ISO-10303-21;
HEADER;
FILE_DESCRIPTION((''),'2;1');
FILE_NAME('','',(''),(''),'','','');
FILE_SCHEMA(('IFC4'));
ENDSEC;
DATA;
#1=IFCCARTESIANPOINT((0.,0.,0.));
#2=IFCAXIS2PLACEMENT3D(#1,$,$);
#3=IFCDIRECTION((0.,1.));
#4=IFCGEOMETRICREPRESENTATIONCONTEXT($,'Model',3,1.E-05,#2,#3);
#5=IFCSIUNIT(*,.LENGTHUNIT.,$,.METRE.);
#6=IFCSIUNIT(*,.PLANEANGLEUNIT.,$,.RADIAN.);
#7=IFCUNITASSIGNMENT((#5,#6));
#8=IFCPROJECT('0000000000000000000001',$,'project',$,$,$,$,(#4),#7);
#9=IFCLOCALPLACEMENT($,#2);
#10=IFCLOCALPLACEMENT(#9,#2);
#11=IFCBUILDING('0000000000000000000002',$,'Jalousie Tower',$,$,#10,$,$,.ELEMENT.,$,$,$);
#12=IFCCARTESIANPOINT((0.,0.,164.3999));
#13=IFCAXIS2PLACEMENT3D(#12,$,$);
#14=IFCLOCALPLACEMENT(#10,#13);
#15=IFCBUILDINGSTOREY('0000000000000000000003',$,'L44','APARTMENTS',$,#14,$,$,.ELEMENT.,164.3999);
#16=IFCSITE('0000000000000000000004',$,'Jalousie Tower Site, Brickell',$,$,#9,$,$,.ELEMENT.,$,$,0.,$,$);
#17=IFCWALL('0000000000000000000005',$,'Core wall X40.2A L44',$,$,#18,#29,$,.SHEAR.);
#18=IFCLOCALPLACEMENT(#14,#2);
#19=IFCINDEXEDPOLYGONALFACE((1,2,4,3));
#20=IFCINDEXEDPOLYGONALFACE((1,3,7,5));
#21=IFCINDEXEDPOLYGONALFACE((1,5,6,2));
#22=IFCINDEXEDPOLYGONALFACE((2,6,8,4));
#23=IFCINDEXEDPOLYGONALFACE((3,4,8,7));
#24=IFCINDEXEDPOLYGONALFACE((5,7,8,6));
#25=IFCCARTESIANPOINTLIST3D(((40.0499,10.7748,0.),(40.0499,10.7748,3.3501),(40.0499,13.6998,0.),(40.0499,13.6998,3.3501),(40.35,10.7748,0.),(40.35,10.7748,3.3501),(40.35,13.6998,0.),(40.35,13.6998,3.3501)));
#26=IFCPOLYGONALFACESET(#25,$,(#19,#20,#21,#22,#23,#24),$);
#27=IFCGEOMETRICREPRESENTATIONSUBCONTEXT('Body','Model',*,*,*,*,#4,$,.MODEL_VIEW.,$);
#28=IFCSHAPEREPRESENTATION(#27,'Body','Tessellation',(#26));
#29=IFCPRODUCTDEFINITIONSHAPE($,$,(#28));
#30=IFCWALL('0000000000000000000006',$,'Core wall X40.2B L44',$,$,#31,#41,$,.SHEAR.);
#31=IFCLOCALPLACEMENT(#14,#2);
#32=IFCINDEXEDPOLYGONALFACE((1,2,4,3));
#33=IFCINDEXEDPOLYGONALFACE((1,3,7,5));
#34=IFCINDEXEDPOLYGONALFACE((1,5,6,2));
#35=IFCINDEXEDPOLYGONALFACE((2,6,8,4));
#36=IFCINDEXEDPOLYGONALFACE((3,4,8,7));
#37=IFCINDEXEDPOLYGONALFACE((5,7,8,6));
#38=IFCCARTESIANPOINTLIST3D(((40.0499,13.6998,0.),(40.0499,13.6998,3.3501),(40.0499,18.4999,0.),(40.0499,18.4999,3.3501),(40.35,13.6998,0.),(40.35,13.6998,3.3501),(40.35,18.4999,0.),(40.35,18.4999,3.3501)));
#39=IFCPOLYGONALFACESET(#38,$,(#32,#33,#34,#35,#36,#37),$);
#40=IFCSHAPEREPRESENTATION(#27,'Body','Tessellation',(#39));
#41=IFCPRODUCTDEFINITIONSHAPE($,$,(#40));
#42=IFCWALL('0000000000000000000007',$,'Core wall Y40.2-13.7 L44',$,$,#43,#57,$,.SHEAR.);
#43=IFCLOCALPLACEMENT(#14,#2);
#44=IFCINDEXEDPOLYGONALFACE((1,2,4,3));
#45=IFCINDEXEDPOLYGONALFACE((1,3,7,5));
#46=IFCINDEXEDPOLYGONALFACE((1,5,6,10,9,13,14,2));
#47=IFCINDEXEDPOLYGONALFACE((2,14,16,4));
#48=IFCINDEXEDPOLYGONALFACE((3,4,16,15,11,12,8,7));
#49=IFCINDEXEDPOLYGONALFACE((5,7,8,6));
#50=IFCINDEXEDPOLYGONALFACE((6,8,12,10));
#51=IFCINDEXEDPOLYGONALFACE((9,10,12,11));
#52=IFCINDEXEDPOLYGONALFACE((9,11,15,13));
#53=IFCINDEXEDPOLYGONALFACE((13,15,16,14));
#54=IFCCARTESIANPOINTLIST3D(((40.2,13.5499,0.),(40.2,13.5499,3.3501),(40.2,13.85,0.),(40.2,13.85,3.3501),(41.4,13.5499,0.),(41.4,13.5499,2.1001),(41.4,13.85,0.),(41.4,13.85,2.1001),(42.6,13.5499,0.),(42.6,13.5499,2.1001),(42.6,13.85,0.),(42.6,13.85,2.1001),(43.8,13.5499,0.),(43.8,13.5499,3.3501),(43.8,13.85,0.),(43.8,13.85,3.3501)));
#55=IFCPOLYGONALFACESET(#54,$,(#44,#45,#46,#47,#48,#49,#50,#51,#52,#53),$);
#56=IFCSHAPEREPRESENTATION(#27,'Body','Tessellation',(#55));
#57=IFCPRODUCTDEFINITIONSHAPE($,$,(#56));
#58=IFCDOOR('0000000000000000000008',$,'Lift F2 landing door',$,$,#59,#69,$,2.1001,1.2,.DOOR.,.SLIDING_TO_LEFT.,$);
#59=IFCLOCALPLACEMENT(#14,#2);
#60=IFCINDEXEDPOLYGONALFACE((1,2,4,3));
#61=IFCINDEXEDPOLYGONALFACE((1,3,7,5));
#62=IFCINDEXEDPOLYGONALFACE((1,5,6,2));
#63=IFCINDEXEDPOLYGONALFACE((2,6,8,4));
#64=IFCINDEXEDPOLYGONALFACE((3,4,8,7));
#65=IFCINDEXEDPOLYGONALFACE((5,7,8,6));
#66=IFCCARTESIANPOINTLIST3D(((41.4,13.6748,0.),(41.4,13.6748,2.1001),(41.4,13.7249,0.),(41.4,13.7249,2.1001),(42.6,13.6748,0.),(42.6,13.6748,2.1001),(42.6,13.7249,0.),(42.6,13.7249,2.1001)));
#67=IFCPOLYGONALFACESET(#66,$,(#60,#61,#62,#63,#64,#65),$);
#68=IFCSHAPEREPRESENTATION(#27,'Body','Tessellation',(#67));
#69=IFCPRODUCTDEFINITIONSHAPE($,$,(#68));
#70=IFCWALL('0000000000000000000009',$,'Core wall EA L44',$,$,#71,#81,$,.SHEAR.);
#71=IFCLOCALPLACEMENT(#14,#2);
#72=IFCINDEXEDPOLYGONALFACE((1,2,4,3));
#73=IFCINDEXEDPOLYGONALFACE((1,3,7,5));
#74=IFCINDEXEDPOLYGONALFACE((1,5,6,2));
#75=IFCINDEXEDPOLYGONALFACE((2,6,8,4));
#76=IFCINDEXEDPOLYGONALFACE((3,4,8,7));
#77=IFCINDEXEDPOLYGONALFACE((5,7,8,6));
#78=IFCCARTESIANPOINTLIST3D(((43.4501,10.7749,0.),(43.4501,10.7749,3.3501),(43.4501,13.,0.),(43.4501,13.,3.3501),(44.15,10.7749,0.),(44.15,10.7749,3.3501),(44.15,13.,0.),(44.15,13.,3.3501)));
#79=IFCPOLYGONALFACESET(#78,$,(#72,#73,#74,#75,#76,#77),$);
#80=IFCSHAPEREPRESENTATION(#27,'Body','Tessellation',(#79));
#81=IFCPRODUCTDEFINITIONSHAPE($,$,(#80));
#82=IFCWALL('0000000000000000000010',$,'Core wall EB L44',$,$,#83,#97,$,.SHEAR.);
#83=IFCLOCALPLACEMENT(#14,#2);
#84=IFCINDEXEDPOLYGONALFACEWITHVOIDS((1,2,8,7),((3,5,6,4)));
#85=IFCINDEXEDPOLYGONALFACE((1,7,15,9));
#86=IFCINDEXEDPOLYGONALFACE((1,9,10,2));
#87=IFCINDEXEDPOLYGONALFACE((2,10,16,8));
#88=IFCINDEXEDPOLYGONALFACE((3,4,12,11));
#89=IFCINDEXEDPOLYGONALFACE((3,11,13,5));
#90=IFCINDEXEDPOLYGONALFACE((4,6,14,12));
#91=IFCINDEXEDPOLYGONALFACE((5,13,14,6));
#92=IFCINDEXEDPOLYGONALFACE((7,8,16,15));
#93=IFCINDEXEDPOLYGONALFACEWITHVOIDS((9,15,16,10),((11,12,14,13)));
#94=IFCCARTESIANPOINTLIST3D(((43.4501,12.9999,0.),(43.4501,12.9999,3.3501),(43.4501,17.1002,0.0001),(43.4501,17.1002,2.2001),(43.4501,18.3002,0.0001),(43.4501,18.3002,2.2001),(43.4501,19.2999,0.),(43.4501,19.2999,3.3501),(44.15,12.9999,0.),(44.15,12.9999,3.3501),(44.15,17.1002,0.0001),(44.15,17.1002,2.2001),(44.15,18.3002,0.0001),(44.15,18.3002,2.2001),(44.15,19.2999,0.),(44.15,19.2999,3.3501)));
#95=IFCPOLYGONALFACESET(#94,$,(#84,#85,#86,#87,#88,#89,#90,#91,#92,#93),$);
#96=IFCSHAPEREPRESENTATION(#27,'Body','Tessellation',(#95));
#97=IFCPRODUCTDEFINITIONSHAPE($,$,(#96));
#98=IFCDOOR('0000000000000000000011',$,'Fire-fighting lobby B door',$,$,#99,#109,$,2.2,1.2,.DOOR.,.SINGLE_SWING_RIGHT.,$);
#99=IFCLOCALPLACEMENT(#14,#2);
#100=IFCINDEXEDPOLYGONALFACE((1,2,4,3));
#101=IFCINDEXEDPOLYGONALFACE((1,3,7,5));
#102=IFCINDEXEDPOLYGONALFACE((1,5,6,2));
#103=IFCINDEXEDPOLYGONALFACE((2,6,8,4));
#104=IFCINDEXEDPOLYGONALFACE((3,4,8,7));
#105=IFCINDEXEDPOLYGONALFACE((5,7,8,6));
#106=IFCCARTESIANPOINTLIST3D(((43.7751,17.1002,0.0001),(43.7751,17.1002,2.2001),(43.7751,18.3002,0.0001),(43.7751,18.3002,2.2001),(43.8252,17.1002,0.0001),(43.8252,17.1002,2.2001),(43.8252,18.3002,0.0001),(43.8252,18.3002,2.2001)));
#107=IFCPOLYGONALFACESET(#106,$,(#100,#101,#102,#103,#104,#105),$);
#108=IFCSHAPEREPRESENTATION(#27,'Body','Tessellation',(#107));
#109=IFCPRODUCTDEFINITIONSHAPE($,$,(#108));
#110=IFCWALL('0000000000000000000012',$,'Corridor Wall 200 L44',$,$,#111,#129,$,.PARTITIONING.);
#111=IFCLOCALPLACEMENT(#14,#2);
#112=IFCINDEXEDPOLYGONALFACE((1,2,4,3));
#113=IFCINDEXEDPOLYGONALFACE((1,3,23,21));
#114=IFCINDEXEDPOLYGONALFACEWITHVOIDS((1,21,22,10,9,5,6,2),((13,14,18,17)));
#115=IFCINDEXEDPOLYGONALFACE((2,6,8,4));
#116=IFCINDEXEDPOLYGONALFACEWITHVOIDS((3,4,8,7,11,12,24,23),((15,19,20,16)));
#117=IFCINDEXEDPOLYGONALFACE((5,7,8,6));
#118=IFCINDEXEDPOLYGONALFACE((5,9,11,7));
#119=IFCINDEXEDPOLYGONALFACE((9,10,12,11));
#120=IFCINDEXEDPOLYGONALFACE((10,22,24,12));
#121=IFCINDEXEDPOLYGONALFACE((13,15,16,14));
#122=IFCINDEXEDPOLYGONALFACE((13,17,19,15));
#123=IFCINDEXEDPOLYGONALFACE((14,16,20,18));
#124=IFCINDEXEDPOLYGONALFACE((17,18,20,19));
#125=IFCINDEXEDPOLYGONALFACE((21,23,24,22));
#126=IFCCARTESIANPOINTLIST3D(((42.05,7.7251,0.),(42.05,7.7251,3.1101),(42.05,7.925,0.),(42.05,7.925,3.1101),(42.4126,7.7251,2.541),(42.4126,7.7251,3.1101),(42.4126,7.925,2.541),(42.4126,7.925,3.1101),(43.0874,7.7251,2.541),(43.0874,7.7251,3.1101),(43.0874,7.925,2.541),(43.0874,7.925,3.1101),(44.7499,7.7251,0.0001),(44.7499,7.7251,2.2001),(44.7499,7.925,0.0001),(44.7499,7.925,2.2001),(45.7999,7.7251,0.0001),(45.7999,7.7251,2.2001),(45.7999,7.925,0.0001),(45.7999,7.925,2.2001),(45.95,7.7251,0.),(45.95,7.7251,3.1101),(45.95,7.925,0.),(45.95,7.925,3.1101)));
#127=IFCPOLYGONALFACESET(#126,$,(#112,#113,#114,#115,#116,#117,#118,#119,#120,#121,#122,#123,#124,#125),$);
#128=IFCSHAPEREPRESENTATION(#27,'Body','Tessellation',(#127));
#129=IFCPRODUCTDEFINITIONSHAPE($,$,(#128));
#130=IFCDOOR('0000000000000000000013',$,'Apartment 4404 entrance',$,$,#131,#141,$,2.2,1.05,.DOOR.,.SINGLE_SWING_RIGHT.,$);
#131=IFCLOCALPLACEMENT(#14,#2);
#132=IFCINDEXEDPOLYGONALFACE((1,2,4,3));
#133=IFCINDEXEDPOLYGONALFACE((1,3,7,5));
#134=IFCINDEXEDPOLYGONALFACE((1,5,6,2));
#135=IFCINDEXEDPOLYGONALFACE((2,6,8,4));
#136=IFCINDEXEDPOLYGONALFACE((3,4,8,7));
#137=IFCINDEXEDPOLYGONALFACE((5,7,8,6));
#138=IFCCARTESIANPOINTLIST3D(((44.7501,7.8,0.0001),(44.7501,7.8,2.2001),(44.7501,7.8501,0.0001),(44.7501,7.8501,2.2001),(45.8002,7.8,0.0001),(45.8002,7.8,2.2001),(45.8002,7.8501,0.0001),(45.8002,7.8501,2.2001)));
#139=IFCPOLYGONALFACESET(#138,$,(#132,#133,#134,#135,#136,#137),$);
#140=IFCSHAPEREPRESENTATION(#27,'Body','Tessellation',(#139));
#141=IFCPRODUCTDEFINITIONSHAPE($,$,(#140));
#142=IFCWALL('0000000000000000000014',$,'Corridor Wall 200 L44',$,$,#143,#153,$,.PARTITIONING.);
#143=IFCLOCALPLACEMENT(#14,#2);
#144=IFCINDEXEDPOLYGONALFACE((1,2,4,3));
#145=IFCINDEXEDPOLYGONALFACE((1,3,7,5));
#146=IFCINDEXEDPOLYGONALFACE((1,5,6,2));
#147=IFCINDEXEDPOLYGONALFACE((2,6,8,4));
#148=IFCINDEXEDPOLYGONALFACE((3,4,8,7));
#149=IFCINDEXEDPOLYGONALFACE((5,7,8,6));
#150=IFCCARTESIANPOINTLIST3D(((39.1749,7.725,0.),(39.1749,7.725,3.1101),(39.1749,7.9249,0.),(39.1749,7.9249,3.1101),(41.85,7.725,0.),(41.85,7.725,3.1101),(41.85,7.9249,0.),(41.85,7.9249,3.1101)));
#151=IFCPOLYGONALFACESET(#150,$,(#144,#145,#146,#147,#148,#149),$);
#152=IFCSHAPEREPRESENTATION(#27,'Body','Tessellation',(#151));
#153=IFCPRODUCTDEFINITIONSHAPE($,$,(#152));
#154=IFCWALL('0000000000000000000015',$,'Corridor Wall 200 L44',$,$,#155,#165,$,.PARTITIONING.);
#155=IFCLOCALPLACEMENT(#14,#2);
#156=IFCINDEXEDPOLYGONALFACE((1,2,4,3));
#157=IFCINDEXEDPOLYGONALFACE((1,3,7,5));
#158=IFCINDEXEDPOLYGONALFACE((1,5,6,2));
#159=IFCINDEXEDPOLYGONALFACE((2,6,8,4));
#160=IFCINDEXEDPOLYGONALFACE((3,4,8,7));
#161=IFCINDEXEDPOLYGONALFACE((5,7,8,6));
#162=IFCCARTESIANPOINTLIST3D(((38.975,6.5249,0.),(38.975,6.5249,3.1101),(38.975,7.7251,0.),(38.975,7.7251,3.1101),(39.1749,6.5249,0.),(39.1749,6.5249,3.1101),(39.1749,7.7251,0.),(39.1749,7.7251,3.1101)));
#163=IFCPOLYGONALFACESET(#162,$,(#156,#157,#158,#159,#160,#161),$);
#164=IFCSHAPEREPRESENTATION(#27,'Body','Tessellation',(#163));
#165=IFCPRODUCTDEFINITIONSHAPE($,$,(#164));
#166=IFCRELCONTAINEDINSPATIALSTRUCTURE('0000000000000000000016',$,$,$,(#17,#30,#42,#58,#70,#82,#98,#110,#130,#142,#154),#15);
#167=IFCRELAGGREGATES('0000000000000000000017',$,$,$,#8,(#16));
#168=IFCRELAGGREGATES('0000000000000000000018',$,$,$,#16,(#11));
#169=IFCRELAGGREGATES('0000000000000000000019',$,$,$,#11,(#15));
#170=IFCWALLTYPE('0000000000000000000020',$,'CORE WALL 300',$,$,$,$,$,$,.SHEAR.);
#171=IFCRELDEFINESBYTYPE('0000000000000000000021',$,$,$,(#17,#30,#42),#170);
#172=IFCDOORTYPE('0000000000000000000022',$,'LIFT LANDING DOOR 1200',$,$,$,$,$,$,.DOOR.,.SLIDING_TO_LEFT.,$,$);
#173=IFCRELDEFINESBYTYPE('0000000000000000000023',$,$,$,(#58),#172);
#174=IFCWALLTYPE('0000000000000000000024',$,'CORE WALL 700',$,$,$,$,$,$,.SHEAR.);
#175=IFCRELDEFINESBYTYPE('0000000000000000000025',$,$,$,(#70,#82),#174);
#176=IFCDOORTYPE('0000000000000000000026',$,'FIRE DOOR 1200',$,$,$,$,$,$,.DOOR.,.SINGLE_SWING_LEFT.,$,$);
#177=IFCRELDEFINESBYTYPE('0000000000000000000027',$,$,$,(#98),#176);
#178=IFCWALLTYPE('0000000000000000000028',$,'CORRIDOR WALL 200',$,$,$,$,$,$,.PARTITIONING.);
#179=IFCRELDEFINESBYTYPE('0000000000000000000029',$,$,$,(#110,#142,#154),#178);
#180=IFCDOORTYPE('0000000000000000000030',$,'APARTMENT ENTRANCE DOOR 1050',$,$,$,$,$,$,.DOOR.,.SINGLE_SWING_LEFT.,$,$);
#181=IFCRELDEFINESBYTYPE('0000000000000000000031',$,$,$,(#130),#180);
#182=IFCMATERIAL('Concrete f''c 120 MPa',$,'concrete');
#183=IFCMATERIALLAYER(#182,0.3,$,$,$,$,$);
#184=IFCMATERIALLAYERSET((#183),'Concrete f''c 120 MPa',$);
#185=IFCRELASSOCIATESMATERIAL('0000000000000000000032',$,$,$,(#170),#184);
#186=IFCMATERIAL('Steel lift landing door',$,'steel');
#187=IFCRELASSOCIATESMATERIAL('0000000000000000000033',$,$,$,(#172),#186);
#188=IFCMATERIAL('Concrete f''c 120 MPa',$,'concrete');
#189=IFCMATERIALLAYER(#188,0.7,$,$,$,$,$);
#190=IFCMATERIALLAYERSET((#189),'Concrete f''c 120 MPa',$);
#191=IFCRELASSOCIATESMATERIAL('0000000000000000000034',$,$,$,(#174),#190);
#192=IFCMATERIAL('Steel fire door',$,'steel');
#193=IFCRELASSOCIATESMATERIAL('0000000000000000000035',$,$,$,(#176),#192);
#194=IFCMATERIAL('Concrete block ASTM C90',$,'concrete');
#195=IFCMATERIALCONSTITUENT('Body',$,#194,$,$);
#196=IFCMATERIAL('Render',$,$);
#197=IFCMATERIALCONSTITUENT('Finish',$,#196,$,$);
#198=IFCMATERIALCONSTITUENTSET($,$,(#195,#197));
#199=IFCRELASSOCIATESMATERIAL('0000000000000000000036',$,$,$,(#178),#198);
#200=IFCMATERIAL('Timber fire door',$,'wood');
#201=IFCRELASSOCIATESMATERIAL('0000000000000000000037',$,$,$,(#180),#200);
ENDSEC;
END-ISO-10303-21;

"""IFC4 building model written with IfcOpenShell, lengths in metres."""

from ifc_helpers import new_model, si_unit, direction, frame, frame_2d, origin, place, context, subcontext, project, spatial, polyline, rectangle, outline, extrude, material, layer, layer_set, constituent, constituent_set, type_object, element, fill, save


model = new_model("IFC4")

# Units and contexts
model_context = context("Model", 3, precision=1e-05, world=origin(), true_north=direction((0.0, 1.0)))
body_context = subcontext(model_context, "Body", "Model", "MODEL_VIEW")
ifc_project = project(units=[si_unit("LENGTHUNIT", "METRE"), si_unit("PLANEANGLEUNIT", "RADIAN")], contexts=[model_context])

# Site, building, storey
site_placement = place(None, origin())
site = spatial("IfcSite", under=ifc_project, at=site_placement, Name="Jalousie Tower Site, Brickell", CompositionType="ELEMENT", RefElevation=0.0)
building_placement = place(site_placement, origin())
building = spatial("IfcBuilding", under=site, at=building_placement, Name="Jalousie Tower", CompositionType="ELEMENT")
storey_placement = place(building_placement, frame((0.0, 0.0, 164.3999)))
storey = spatial("IfcBuildingStorey", under=building, at=storey_placement, Name="L44", Description="APARTMENTS", CompositionType="ELEMENT", Elevation=164.3999)

# Walls
ifc_material_1 = material(Name="Concrete f'c 120 MPa", Category="concrete")
ifc_layer_1 = layer(ifc_material_1, 0.3)
ifc_layer_set_1 = layer_set([ifc_layer_1], Name="Concrete f'c 120 MPa")
wall_type_1 = type_object("IfcWallType", Name="CORE WALL 300", PredefinedType="SHEAR", material=ifc_layer_set_1)
wall_1_placement = place(storey_placement, frame((40.2, 10.7749, 0.0), z_axis=(0.0, 0.0, 1.0), x_axis=(0.0, 1.0, 0.0)))
element("IfcWall", 1, at=wall_1_placement, inside=storey, type_object=wall_type_1, Name="Core wall X40.2A L44", PredefinedType="SHEAR", context=body_context, shape_type="SweptSolid", body=[
    extrude(rectangle(XDim=2.925, YDim=0.3, at=frame_2d((1.4624, 0.0))), origin(), (0.0, 0.0, 1.0), 3.3501),
])
wall_2_placement = place(storey_placement, frame((40.2, 13.7, 0.0), z_axis=(0.0, 0.0, 1.0), x_axis=(0.0, 1.0, 0.0)))
element("IfcWall", 2, at=wall_2_placement, inside=storey, type_object=wall_type_1, Name="Core wall X40.2B L44", PredefinedType="SHEAR", context=body_context, shape_type="SweptSolid", body=[
    extrude(rectangle(XDim=4.8, YDim=0.3, at=frame_2d((2.3999, 0.0))), origin(), (0.0, 0.0, 1.0), 3.3501),
])

# Wall, opening, door
wall_3_placement = place(storey_placement, frame((40.2, 13.7, 0.0), z_axis=(0.0, 0.0, 1.0), x_axis=(1.0, 0.0, 0.0)))
wall_3 = element("IfcWall", 3, at=wall_3_placement, inside=storey, type_object=wall_type_1, Name="Core wall Y40.2-13.7 L44", PredefinedType="SHEAR", context=body_context, shape_type="SweptSolid", body=[
    extrude(rectangle(XDim=3.6001, YDim=0.3, at=frame_2d((1.8, 0.0))), origin(), (0.0, 0.0, 1.0), 3.3501),
])
opening_1_placement = place(wall_3_placement, frame((1.2, 0.0, 0.0)))
opening_1 = element("IfcOpeningElement", 4, at=opening_1_placement, cuts=wall_3, PredefinedType="OPENING", context=body_context, shape_type="SweptSolid", body=[
    extrude(rectangle(XDim=1.2, YDim=2.1001, at=frame_2d((0.6001, 1.05))), frame((0.0, 0.1599, 0.0), z_axis=(0.0, -1.0, 0.0), x_axis=(1.0, 0.0, 0.0)), (0.0, 0.0, 1.0), 0.3201),
])
ifc_material_2 = material(Name="Steel lift landing door", Category="steel")
door_type_1 = type_object("IfcDoorType", Name="LIFT LANDING DOOR 1200", OperationType="SLIDING_TO_LEFT", PredefinedType="DOOR", material=ifc_material_2)
door_1_placement = place(opening_1_placement, origin())
door_1 = element("IfcDoor", 5, at=door_1_placement, inside=storey, type_object=door_type_1, Name="Lift F2 landing door", OperationType="SLIDING_TO_LEFT", OverallHeight=2.1001, OverallWidth=1.2, PredefinedType="DOOR", context=body_context, shape_type="SweptSolid", body=[
    extrude(rectangle(XDim=1.2, YDim=2.1001, at=frame_2d((0.6001, 1.05))), frame((0.0, 0.0249, 0.0), z_axis=(0.0, -1.0, 0.0), x_axis=(1.0, 0.0, 0.0)), (0.0, 0.0, 1.0), 0.05),
])
fill(opening_1, door_1)

# Wall
ifc_material_3 = material(Name="Concrete f'c 120 MPa", Category="concrete")
ifc_layer_2 = layer(ifc_material_3, 0.7)
ifc_layer_set_2 = layer_set([ifc_layer_2], Name="Concrete f'c 120 MPa")
wall_type_2 = type_object("IfcWallType", Name="CORE WALL 700", PredefinedType="SHEAR", material=ifc_layer_set_2)
wall_4_placement = place(storey_placement, frame((43.8, 10.7749, 0.0), z_axis=(0.0, 0.0, 1.0), x_axis=(0.0, 1.0, 0.0)))
element("IfcWall", 6, at=wall_4_placement, inside=storey, type_object=wall_type_2, Name="Core wall EA L44", PredefinedType="SHEAR", context=body_context, shape_type="SweptSolid", body=[
    extrude(rectangle(XDim=2.2251, YDim=0.7, at=frame_2d((1.1125, 0.0))), origin(), (0.0, 0.0, 1.0), 3.3501),
])

# Walls, openings, doors
wall_5_placement = place(storey_placement, frame((43.8, 13.0, 0.0), z_axis=(0.0, 0.0, 1.0), x_axis=(0.0, 1.0, 0.0)))
wall_5 = element("IfcWall", 7, at=wall_5_placement, inside=storey, type_object=wall_type_2, Name="Core wall EB L44", PredefinedType="SHEAR", context=body_context, shape_type="SweptSolid", body=[
    extrude(rectangle(XDim=6.3, YDim=0.7, at=frame_2d((3.1499, 0.0))), origin(), (0.0, 0.0, 1.0), 3.3501),
])
opening_2_placement = place(wall_5_placement, frame((4.1001, 0.0, 0.0)))
opening_2 = element("IfcOpeningElement", 8, at=opening_2_placement, cuts=wall_5, PredefinedType="OPENING", context=body_context, shape_type="SweptSolid", body=[
    extrude(rectangle(XDim=1.2, YDim=2.2, at=frame_2d((0.6001, 1.1001))), frame((0.0, 0.3599, 0.0), z_axis=(0.0, -1.0, 0.0), x_axis=(1.0, 0.0, 0.0)), (0.0, 0.0, 1.0), 0.72),
])
ifc_material_4 = material(Name="Steel fire door", Category="steel")
door_type_2 = type_object("IfcDoorType", Name="FIRE DOOR 1200", OperationType="SINGLE_SWING_LEFT", PredefinedType="DOOR", material=ifc_material_4)
door_2_placement = place(opening_2_placement, origin())
door_2 = element("IfcDoor", 9, at=door_2_placement, inside=storey, type_object=door_type_2, Name="Fire-fighting lobby B door", OperationType="SINGLE_SWING_RIGHT", OverallHeight=2.2, OverallWidth=1.2, PredefinedType="DOOR", context=body_context, shape_type="SweptSolid", body=[
    extrude(rectangle(XDim=1.2, YDim=2.2, at=frame_2d((0.6001, 1.1001))), frame((0.0, 0.0249, 0.0), z_axis=(0.0, -1.0, 0.0), x_axis=(1.0, 0.0, 0.0)), (0.0, 0.0, 1.0), 0.05),
])
fill(opening_2, door_2)
ifc_material_5 = material(Name="Concrete block ASTM C90", Category="concrete")
ifc_constituent_1 = constituent(ifc_material_5, Name="Body")
ifc_material_6 = material(Name="Render")
ifc_constituent_2 = constituent(ifc_material_6, Name="Finish")
ifc_constituent_set_1 = constituent_set(constituents=[ifc_constituent_1, ifc_constituent_2])
wall_type_3 = type_object("IfcWallType", Name="CORRIDOR WALL 200", PredefinedType="PARTITIONING", material=ifc_constituent_set_1)
wall_6_placement = place(storey_placement, frame((42.05, 7.825, 0.0), z_axis=(0.0, 0.0, 1.0), x_axis=(1.0, 0.0, 0.0)))
wall_6 = element("IfcWall", 10, at=wall_6_placement, inside=storey, type_object=wall_type_3, Name="Corridor Wall 200 L44", PredefinedType="PARTITIONING", context=body_context, shape_type="SweptSolid", body=[
    extrude(outline(polyline([(0.0, 0.0), (3.8999, 0.0), (3.8999, 3.1101), (1.0374, 3.1101), (1.0374, 2.541), (0.3625, 2.541), (0.3625, 3.1101), (0.0, 3.1101), (0.0, 0.0)])), frame((0.0, 0.1001, 0.0), z_axis=(0.0, -1.0, 0.0), x_axis=(1.0, 0.0, 0.0)), (0.0, 0.0, 1.0), 0.2),
])
opening_3_placement = place(wall_6_placement, frame((2.7, 0.0, 0.0)))
opening_3 = element("IfcOpeningElement", 11, at=opening_3_placement, cuts=wall_6, PredefinedType="OPENING", context=body_context, shape_type="SweptSolid", body=[
    extrude(rectangle(XDim=1.05, YDim=2.2, at=frame_2d((0.5249, 1.1001))), frame((0.0, 0.1099, 0.0), z_axis=(0.0, -1.0, 0.0), x_axis=(1.0, 0.0, 0.0)), (0.0, 0.0, 1.0), 0.22),
])
ifc_material_7 = material(Name="Timber fire door", Category="wood")
door_type_3 = type_object("IfcDoorType", Name="APARTMENT ENTRANCE DOOR 1050", OperationType="SINGLE_SWING_LEFT", PredefinedType="DOOR", material=ifc_material_7)
door_3_placement = place(opening_3_placement, frame((1.05, 0.0, 0.0), z_axis=(0.0, 0.0, 1.0), x_axis=(-1.0, 0.0, 0.0)))
door_3 = element("IfcDoor", 12, at=door_3_placement, inside=storey, type_object=door_type_3, Name="Apartment 4404 entrance", OperationType="SINGLE_SWING_RIGHT", OverallHeight=2.2, OverallWidth=1.05, PredefinedType="DOOR", context=body_context, shape_type="SweptSolid", body=[
    extrude(rectangle(XDim=1.05, YDim=2.2, at=frame_2d((0.5249, 1.1001))), frame((0.0, 0.0249, 0.0), z_axis=(0.0, -1.0, 0.0), x_axis=(1.0, 0.0, 0.0)), (0.0, 0.0, 1.0), 0.05),
])
fill(opening_3, door_3)

# Walls
wall_7_placement = place(storey_placement, frame((39.175, 7.825, 0.0), z_axis=(0.0, 0.0, 1.0), x_axis=(1.0, 0.0, 0.0)))
element("IfcWall", 13, at=wall_7_placement, inside=storey, type_object=wall_type_3, Name="Corridor Wall 200 L44", PredefinedType="PARTITIONING", context=body_context, shape_type="SweptSolid", body=[
    extrude(rectangle(XDim=2.675, YDim=0.2, at=frame_2d((1.3374, 0.0))), origin(), (0.0, 0.0, 1.0), 3.1101),
])
wall_8_placement = place(storey_placement, frame((39.075, 7.7251, 0.0), z_axis=(0.0, 0.0, 1.0), x_axis=(0.0, -1.0, 0.0)))
element("IfcWall", 14, at=wall_8_placement, inside=storey, type_object=wall_type_3, Name="Corridor Wall 200 L44", PredefinedType="PARTITIONING", context=body_context, shape_type="SweptSolid", body=[
    extrude(rectangle(XDim=1.2002, YDim=0.2, at=frame_2d((0.6001, 0.0))), origin(), (0.0, 0.0, 1.0), 3.1101),
])

save(model, "model.ifc")
